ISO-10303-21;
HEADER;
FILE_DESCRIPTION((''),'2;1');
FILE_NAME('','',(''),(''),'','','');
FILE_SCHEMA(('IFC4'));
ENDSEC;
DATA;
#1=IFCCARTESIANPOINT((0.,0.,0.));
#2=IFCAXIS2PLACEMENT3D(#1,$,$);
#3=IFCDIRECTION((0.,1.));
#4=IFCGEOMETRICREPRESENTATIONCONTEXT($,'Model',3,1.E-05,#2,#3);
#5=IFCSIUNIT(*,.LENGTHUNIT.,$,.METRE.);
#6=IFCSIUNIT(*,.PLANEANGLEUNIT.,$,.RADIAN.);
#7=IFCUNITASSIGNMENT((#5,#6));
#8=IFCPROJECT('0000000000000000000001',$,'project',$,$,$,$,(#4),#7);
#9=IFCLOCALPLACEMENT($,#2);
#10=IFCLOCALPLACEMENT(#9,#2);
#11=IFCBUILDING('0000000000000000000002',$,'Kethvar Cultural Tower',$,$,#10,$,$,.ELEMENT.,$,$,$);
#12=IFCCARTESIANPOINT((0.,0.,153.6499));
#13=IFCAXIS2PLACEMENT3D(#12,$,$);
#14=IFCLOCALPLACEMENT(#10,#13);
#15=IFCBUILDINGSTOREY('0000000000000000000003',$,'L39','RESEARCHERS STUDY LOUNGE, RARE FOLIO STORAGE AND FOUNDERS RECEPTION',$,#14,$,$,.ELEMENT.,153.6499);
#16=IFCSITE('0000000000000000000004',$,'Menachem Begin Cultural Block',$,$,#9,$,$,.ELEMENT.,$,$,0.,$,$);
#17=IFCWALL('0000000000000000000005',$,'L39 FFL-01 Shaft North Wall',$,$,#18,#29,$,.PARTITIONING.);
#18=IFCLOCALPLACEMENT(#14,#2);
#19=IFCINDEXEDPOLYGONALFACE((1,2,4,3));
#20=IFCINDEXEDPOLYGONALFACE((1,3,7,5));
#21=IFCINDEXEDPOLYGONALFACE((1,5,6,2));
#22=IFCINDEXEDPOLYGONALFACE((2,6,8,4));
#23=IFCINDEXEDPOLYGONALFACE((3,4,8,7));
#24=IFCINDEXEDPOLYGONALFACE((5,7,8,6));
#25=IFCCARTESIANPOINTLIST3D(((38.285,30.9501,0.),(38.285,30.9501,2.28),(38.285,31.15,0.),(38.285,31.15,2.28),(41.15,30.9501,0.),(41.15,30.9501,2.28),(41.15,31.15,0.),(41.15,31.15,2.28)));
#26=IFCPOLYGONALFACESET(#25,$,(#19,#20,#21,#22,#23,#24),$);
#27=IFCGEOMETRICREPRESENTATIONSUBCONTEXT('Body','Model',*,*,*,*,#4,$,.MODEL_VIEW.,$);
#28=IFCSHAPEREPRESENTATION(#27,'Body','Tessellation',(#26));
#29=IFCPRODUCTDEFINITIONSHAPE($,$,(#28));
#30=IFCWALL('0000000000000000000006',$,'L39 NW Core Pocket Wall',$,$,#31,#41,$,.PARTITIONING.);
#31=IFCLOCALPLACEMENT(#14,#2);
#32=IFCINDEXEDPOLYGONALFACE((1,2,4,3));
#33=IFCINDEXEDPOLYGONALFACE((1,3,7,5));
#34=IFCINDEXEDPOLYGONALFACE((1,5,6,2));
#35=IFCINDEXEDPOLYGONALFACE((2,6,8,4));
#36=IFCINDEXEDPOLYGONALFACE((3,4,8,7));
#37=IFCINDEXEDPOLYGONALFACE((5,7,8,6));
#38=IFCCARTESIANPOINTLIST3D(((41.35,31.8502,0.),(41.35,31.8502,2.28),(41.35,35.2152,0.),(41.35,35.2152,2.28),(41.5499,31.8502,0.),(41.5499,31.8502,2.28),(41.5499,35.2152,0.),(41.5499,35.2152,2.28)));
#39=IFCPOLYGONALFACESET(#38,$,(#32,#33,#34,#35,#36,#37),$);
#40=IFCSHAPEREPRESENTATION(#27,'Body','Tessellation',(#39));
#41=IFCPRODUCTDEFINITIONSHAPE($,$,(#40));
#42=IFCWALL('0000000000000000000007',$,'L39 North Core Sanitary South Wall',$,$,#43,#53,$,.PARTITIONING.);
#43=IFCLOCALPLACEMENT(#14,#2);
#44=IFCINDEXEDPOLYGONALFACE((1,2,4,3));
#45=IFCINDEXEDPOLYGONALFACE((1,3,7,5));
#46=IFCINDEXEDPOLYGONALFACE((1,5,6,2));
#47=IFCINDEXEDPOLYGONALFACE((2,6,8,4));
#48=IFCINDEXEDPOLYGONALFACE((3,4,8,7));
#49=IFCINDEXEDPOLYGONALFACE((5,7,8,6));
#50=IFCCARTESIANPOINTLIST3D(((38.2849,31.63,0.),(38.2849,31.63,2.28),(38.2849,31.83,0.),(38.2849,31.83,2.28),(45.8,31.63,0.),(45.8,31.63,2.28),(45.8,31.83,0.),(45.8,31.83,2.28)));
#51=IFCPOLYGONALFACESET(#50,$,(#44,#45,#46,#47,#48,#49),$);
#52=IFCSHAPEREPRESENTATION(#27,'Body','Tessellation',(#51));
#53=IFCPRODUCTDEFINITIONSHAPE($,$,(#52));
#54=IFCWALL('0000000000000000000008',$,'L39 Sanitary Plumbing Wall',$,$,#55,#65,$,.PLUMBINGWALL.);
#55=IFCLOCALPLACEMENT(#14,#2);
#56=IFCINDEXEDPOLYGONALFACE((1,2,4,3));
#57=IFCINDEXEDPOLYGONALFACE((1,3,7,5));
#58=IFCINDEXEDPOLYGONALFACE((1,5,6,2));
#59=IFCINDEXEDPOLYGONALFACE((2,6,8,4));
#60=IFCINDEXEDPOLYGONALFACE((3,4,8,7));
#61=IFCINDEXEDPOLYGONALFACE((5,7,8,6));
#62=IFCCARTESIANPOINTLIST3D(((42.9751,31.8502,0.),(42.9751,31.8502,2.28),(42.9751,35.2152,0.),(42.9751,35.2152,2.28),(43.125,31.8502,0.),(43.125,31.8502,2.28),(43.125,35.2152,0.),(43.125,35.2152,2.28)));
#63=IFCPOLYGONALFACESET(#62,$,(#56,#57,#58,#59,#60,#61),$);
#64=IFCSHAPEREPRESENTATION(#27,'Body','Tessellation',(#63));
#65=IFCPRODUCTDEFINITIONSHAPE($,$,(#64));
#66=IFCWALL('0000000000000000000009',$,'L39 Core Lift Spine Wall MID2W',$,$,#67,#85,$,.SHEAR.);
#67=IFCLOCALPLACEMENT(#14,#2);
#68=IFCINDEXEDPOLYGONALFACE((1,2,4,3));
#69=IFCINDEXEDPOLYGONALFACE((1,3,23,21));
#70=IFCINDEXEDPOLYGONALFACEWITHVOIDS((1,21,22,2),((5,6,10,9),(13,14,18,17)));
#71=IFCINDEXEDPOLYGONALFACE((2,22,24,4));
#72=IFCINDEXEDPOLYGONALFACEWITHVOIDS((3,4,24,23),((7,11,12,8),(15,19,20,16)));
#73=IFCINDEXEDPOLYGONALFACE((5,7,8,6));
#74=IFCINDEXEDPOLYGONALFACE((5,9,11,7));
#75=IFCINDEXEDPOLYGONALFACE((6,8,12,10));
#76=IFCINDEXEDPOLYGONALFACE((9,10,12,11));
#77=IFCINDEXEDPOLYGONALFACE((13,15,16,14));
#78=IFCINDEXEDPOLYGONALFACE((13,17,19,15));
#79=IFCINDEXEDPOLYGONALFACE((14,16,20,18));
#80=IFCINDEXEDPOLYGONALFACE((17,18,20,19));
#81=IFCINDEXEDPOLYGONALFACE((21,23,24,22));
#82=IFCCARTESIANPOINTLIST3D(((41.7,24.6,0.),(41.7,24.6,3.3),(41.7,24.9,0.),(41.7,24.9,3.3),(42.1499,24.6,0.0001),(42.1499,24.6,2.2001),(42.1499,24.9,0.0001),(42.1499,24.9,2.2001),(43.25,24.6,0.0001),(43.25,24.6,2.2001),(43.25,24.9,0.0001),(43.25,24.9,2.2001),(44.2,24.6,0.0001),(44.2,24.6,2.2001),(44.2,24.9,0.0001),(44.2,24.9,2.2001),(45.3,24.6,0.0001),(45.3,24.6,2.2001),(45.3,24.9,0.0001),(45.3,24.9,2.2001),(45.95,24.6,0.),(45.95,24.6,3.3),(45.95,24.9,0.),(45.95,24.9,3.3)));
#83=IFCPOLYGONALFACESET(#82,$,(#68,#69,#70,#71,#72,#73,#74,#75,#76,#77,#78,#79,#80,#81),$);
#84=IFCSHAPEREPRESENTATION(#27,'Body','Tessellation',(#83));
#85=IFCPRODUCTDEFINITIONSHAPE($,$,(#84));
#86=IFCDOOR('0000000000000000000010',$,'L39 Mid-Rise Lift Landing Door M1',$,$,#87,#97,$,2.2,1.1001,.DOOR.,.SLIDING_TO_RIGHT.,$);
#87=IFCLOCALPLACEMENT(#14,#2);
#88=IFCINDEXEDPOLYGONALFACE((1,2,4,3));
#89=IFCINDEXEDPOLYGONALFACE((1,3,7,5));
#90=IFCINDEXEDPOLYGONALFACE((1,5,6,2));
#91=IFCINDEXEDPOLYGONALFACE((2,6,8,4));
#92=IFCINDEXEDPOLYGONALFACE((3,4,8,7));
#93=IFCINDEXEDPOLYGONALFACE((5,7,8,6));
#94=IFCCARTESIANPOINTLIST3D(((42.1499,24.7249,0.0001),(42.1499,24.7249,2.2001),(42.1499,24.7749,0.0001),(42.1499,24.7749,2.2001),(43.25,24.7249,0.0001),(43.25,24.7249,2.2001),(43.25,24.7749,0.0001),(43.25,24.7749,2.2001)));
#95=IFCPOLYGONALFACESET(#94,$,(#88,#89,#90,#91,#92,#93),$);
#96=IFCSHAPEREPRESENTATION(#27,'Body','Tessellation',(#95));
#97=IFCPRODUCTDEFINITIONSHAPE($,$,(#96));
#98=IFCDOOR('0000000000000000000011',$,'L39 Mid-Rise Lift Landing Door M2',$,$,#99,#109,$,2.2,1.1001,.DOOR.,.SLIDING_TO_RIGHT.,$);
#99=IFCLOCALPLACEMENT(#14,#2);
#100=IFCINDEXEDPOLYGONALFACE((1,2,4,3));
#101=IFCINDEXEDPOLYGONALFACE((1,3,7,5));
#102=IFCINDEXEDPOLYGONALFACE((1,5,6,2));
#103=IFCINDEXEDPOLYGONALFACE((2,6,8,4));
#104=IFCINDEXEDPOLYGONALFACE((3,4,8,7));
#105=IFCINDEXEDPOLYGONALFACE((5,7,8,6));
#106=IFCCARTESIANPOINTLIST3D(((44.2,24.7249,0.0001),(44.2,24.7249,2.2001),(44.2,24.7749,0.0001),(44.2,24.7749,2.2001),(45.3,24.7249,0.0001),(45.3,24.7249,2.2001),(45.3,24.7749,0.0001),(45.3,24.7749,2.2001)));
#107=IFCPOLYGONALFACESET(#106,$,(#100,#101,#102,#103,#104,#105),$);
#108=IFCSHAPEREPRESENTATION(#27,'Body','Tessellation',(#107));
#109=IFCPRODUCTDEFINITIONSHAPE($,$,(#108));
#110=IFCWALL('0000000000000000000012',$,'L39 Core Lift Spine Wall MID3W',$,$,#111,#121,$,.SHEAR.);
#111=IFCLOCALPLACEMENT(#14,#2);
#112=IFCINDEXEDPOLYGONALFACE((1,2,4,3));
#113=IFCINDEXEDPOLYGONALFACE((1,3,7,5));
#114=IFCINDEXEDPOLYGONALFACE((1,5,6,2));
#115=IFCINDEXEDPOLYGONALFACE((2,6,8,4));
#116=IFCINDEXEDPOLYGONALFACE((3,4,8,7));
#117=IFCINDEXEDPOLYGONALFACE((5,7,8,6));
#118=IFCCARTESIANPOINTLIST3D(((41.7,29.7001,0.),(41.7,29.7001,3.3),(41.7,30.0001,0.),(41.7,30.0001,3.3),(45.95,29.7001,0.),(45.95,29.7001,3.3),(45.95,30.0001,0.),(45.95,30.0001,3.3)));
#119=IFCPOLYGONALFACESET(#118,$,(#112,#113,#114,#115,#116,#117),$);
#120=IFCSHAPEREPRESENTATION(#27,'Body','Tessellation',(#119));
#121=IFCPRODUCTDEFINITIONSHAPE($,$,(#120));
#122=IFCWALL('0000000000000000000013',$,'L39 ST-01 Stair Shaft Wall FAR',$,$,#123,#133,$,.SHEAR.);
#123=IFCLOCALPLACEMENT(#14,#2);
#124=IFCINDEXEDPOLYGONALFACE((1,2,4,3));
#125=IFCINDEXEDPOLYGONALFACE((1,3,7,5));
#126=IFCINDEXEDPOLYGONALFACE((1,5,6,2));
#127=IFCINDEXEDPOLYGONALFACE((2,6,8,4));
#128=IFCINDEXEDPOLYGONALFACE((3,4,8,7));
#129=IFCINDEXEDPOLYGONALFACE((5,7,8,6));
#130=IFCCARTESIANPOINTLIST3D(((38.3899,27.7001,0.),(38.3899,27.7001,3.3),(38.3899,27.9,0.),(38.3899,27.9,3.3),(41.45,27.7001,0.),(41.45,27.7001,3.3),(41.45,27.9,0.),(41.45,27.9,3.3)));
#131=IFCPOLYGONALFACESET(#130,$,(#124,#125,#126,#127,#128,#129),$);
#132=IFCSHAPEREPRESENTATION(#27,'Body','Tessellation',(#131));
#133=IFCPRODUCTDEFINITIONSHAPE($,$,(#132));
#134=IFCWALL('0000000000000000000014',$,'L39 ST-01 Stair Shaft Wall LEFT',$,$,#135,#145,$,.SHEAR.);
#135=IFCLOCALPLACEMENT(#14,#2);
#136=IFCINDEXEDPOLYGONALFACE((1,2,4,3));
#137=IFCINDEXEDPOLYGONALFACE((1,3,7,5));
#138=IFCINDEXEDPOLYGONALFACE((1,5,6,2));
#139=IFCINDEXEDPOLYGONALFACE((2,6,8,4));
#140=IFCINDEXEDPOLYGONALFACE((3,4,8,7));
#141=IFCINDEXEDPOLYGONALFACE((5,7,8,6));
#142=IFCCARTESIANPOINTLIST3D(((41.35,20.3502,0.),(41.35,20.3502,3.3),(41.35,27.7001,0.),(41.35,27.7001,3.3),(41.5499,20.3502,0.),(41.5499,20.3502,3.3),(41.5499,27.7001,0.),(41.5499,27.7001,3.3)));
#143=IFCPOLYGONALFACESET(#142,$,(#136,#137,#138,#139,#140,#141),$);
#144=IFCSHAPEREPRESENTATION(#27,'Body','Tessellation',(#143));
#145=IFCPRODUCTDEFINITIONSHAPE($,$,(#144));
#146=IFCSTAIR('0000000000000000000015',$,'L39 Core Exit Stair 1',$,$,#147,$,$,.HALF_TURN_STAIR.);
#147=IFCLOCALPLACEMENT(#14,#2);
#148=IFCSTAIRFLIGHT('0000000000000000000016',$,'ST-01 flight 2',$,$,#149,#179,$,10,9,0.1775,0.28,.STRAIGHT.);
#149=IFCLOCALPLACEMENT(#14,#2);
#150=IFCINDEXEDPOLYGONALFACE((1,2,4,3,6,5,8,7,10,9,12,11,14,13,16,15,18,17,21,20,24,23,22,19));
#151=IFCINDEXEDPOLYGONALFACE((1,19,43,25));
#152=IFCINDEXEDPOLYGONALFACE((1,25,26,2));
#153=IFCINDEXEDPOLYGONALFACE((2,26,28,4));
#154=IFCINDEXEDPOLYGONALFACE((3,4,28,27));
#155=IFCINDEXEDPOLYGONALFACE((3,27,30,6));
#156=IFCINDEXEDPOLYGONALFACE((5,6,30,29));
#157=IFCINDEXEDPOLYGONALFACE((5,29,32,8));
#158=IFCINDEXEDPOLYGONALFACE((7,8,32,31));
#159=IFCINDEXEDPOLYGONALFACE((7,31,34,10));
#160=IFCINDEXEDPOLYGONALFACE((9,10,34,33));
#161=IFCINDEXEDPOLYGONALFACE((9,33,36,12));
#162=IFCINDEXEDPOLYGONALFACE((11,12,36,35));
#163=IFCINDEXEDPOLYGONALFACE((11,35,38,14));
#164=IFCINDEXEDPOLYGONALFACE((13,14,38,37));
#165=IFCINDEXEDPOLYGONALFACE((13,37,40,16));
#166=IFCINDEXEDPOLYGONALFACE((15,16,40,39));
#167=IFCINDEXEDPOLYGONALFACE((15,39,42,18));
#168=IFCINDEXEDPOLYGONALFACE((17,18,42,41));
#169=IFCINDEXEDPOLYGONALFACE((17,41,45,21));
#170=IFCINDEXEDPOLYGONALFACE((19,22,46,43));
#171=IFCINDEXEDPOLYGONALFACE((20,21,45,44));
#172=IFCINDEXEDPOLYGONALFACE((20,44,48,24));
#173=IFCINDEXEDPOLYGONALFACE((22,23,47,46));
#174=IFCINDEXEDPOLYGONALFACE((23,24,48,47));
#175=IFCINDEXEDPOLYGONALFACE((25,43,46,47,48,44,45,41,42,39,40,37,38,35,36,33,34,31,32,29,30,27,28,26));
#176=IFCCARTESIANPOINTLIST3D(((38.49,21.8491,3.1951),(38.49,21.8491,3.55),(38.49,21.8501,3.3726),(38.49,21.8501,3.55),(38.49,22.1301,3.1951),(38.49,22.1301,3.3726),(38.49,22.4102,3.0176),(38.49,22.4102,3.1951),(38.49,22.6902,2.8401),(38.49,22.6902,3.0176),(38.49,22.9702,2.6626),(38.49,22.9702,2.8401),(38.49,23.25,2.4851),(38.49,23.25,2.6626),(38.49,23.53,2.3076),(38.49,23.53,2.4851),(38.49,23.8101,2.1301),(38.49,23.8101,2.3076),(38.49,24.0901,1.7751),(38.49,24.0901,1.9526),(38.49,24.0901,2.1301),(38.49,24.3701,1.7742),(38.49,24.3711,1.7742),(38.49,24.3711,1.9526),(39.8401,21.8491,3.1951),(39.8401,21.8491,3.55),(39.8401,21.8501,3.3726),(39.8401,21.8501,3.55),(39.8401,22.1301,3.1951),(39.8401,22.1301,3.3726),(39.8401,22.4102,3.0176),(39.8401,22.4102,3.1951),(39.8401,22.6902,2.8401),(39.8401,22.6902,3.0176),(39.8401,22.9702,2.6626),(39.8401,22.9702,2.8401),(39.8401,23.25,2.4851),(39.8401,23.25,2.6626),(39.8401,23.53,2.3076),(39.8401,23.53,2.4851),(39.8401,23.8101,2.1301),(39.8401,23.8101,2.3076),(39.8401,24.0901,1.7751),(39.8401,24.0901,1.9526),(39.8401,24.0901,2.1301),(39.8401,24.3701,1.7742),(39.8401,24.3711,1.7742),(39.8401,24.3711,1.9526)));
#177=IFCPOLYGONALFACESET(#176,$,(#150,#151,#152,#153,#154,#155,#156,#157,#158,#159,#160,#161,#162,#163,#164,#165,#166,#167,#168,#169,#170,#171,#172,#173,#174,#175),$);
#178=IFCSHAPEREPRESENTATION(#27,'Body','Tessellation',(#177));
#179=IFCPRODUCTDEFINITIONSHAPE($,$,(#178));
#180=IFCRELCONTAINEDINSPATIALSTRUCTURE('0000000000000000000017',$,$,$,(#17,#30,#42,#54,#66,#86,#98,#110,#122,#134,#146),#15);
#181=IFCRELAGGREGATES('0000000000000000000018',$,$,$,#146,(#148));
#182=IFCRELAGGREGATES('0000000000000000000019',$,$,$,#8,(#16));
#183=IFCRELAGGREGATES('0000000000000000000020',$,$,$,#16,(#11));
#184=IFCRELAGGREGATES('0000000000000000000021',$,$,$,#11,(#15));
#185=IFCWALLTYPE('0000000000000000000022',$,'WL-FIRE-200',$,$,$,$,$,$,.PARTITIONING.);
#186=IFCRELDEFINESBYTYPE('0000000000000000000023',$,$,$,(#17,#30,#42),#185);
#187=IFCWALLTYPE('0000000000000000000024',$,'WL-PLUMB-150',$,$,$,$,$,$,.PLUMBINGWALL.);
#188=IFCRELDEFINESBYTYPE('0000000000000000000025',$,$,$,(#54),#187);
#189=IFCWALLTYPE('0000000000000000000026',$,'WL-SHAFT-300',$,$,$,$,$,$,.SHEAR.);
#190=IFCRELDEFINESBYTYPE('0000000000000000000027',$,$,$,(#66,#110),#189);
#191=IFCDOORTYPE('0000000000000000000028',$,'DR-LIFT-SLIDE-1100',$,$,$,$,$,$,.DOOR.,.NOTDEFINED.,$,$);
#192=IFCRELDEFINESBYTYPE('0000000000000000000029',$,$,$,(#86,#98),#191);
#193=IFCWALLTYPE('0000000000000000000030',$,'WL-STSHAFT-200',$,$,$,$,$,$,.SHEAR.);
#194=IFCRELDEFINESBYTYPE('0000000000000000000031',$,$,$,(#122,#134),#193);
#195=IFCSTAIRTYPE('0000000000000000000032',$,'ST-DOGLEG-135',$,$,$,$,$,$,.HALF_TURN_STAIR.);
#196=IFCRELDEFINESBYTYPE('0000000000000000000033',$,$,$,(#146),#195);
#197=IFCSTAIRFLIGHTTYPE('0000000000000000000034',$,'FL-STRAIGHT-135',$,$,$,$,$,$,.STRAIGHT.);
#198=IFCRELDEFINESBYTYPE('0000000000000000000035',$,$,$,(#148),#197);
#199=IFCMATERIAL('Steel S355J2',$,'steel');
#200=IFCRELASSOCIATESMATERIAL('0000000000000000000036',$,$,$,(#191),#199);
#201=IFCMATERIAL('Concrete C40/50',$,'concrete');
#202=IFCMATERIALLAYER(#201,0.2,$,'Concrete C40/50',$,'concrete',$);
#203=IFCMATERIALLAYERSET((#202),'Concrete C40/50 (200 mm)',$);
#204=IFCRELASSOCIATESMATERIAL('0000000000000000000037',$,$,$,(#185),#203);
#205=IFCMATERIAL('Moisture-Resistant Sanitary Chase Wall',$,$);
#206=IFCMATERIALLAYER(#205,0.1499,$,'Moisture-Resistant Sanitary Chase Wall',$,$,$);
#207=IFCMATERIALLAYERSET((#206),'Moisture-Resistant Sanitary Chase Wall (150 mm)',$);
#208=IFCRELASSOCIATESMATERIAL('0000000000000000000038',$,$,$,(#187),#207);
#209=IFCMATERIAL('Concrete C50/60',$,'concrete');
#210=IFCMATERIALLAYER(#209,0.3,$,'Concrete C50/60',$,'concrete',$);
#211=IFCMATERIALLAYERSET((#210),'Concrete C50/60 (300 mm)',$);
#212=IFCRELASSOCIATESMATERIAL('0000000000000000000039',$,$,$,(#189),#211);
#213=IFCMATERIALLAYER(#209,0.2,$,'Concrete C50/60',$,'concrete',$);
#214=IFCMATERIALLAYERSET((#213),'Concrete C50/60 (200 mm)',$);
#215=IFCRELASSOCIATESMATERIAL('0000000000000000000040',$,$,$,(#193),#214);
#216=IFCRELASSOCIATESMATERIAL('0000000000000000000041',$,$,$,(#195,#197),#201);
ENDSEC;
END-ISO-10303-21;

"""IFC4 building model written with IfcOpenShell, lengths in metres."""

from ifc_helpers import new_model, si_unit, direction, frame, frame_2d, origin, place, context, subcontext, project, spatial, polyline, rectangle, outline, extrude, source, transform, mapped, material, layer, layer_set, type_object, element, fill, aggregate, save


model = new_model("IFC4")

# Units and contexts
model_context = context("Model", 3, precision=1e-05, world=origin(), true_north=direction((0.0, 1.0)))
body_context = subcontext(model_context, "Body", "Model", "MODEL_VIEW")
ifc_project = project(units=[si_unit("LENGTHUNIT", "METRE"), si_unit("PLANEANGLEUNIT", "RADIAN")], contexts=[model_context])

# Site, building, storey
site_placement = place(None, origin())
site = spatial("IfcSite", under=ifc_project, at=site_placement, Name="Menachem Begin Cultural Block", CompositionType="ELEMENT", RefElevation=0.0)
building_placement = place(site_placement, origin())
building = spatial("IfcBuilding", under=site, at=building_placement, Name="Kethvar Cultural Tower", CompositionType="ELEMENT")
storey_placement = place(building_placement, frame((0.0, 0.0, 153.6499)))
storey = spatial("IfcBuildingStorey", under=building, at=storey_placement, Name="L39", Description="RESEARCHERS STUDY LOUNGE, RARE FOLIO STORAGE AND FOUNDERS RECEPTION", CompositionType="ELEMENT", Elevation=153.6499)

# Shared definitions
ifc_material_1 = material(Name="Steel S355J2", Category="steel")

# Shared definitions
door_type = type_object("IfcDoorType", Name="DR-LIFT-SLIDE-1100", OperationType="NOTDEFINED", PredefinedType="DOOR", material=ifc_material_1)
shared_shape_1 = source(origin(), body_context, "Body", "SweptSolid", [
    extrude(rectangle(XDim=1.1001, YDim=2.2, at=frame_2d((0.55, 1.1001))), frame((0.0, 0.0249, 0.0), z_axis=(0.0, -1.0, 0.0), x_axis=(1.0, 0.0, 0.0)), (0.0, 0.0, 1.0), 0.05),
])

# Walls
ifc_material_2 = material(Name="Concrete C40/50", Category="concrete")
ifc_layer_1 = layer(ifc_material_2, 0.2, Name="Concrete C40/50", Category="concrete")
ifc_layer_set_1 = layer_set([ifc_layer_1], Name="Concrete C40/50 (200 mm)")
wall_type_1 = type_object("IfcWallType", Name="WL-FIRE-200", PredefinedType="PARTITIONING", material=ifc_layer_set_1)
for number, where, z_axis, x_axis, name in (
    (1, (38.2849, 31.05, 0.0), (0.0, 0.0, 1.0), (1.0, 0.0, 0.0), "L39 FFL-01 Shaft North Wall"),
):
    element("IfcWall", number, at=place(storey_placement, frame(where, z_axis=z_axis, x_axis=x_axis)), inside=storey, type_object=wall_type_1, Name=name, PredefinedType="PARTITIONING", context=body_context, shape_type="SweptSolid", body=[
        extrude(rectangle(XDim=2.865, YDim=0.2, at=frame_2d((1.4326, 0.0))), origin(), (0.0, 0.0, 1.0), 2.28),
    ])
wall_1_placement = place(storey_placement, frame((41.45, 31.8501, 0.0), z_axis=(0.0, 0.0, 1.0), x_axis=(0.0, 1.0, 0.0)))
element("IfcWall", 2, at=wall_1_placement, inside=storey, type_object=wall_type_1, Name="L39 NW Core Pocket Wall", PredefinedType="PARTITIONING", context=body_context, shape_type="SweptSolid", body=[
    extrude(rectangle(XDim=3.365, YDim=0.2, at=frame_2d((1.6826, 0.0))), origin(), (0.0, 0.0, 1.0), 2.28),
])
wall_2_placement = place(storey_placement, frame((38.2849, 31.73, 0.0), z_axis=(0.0, 0.0, 1.0), x_axis=(1.0, 0.0, 0.0)))
element("IfcWall", 3, at=wall_2_placement, inside=storey, type_object=wall_type_1, Name="L39 North Core Sanitary South Wall", PredefinedType="PARTITIONING", context=body_context, shape_type="SweptSolid", body=[
    extrude(rectangle(XDim=7.5151, YDim=0.2, at=frame_2d((3.7576, 0.0))), origin(), (0.0, 0.0, 1.0), 2.28),
])
ifc_material_3 = material(Name="Moisture-Resistant Sanitary Chase Wall")
ifc_layer_2 = layer(ifc_material_3, 0.1499, Name="Moisture-Resistant Sanitary Chase Wall")
ifc_layer_set_2 = layer_set([ifc_layer_2], Name="Moisture-Resistant Sanitary Chase Wall (150 mm)")
wall_type_2 = type_object("IfcWallType", Name="WL-PLUMB-150", PredefinedType="PLUMBINGWALL", material=ifc_layer_set_2)
wall_3_placement = place(storey_placement, frame((43.05, 31.8501, 0.0), z_axis=(0.0, 0.0, 1.0), x_axis=(0.0, 1.0, 0.0)))
element("IfcWall", 4, at=wall_3_placement, inside=storey, type_object=wall_type_2, Name="L39 Sanitary Plumbing Wall", PredefinedType="PLUMBINGWALL", context=body_context, shape_type="SweptSolid", body=[
    extrude(rectangle(XDim=3.365, YDim=0.1499, at=frame_2d((1.6826, 0.0))), origin(), (0.0, 0.0, 1.0), 2.28),
])

# Wall, openings, doors
ifc_material_4 = material(Name="Concrete C50/60", Category="concrete")
ifc_layer_3 = layer(ifc_material_4, 0.3, Name="Concrete C50/60", Category="concrete")
ifc_layer_set_3 = layer_set([ifc_layer_3], Name="Concrete C50/60 (300 mm)")
wall_type_3 = type_object("IfcWallType", Name="WL-SHAFT-300", PredefinedType="SHEAR", material=ifc_layer_set_3)
wall_4_placement = place(storey_placement, frame((41.7, 24.75, 0.0), z_axis=(0.0, 0.0, 1.0), x_axis=(1.0, 0.0, 0.0)))
wall_4 = element("IfcWall", 5, at=wall_4_placement, inside=storey, type_object=wall_type_3, Name="L39 Core Lift Spine Wall MID2W", PredefinedType="SHEAR", context=body_context, shape_type="SweptSolid", body=[
    extrude(rectangle(XDim=4.25, YDim=0.3, at=frame_2d((2.125, 0.0))), origin(), (0.0, 0.0, 1.0), 3.3),
])
opening_1_placement = place(wall_4_placement, frame((0.45, 0.0, 0.0)))
opening_1 = element("IfcOpeningElement", 6, at=opening_1_placement, cuts=wall_4, PredefinedType="OPENING", context=body_context, shape_type="SweptSolid", body=[
    extrude(rectangle(XDim=1.1001, YDim=2.2, at=frame_2d((0.55, 1.1001))), frame((0.0, 0.1599, 0.0), z_axis=(0.0, -1.0, 0.0), x_axis=(1.0, 0.0, 0.0)), (0.0, 0.0, 1.0), 0.3201),
])
opening_2_placement = place(wall_4_placement, frame((2.5, 0.0, 0.0)))
opening_2 = element("IfcOpeningElement", 7, at=opening_2_placement, cuts=wall_4, PredefinedType="OPENING", context=body_context, shape_type="SweptSolid", body=[
    extrude(rectangle(XDim=1.1001, YDim=2.2, at=frame_2d((0.55, 1.1001))), frame((0.0, 0.1599, 0.0), z_axis=(0.0, -1.0, 0.0), x_axis=(1.0, 0.0, 0.0)), (0.0, 0.0, 1.0), 0.3201),
])
door_1_placement = place(opening_1_placement, origin())
door_1 = element("IfcDoor", 8, at=door_1_placement, inside=storey, type_object=door_type, Name="L39 Mid-Rise Lift Landing Door M1", OperationType="SLIDING_TO_RIGHT", OverallHeight=2.2, OverallWidth=1.1001, PredefinedType="DOOR", context=body_context, shape_type="MappedRepresentation", body=[
    mapped(shared_shape_1, transform((0.0, 0.0, 0.0), scale=1.0)),
])
fill(opening_1, door_1)
door_2_placement = place(opening_2_placement, origin())
door_2 = element("IfcDoor", 9, at=door_2_placement, inside=storey, type_object=door_type, Name="L39 Mid-Rise Lift Landing Door M2", OperationType="SLIDING_TO_RIGHT", OverallHeight=2.2, OverallWidth=1.1001, PredefinedType="DOOR", context=body_context, shape_type="MappedRepresentation", body=[
    mapped(shared_shape_1, transform((0.0, 0.0, 0.0), scale=1.0)),
])
fill(opening_2, door_2)

# Walls
wall_5_placement = place(storey_placement, frame((41.7, 29.8501, 0.0), z_axis=(0.0, 0.0, 1.0), x_axis=(1.0, 0.0, 0.0)))
element("IfcWall", 10, at=wall_5_placement, inside=storey, type_object=wall_type_3, Name="L39 Core Lift Spine Wall MID3W", PredefinedType="SHEAR", context=body_context, shape_type="SweptSolid", body=[
    extrude(rectangle(XDim=4.25, YDim=0.3, at=frame_2d((2.125, 0.0))), origin(), (0.0, 0.0, 1.0), 3.3),
])
ifc_layer_4 = layer(ifc_material_4, 0.2, Name="Concrete C50/60", Category="concrete")
ifc_layer_set_4 = layer_set([ifc_layer_4], Name="Concrete C50/60 (200 mm)")
wall_type_4 = type_object("IfcWallType", Name="WL-STSHAFT-200", PredefinedType="SHEAR", material=ifc_layer_set_4)
wall_6_placement = place(storey_placement, frame((38.3899, 27.8, 0.0), z_axis=(0.0, 0.0, 1.0), x_axis=(1.0, 0.0, 0.0)))
element("IfcWall", 11, at=wall_6_placement, inside=storey, type_object=wall_type_4, Name="L39 ST-01 Stair Shaft Wall FAR", PredefinedType="SHEAR", context=body_context, shape_type="SweptSolid", body=[
    extrude(rectangle(XDim=3.0601, YDim=0.2, at=frame_2d((1.53, 0.0))), origin(), (0.0, 0.0, 1.0), 3.3),
])
wall_7_placement = place(storey_placement, frame((41.45, 27.7, 0.0), z_axis=(0.0, 0.0, 1.0), x_axis=(0.0, -1.0, 0.0)))
element("IfcWall", 12, at=wall_7_placement, inside=storey, type_object=wall_type_4, Name="L39 ST-01 Stair Shaft Wall LEFT", PredefinedType="SHEAR", context=body_context, shape_type="SweptSolid", body=[
    extrude(rectangle(XDim=7.3499, YDim=0.2, at=frame_2d((3.6748, 0.0))), origin(), (0.0, 0.0, 1.0), 3.3),
])

# Stair, stair flight
stair_type = type_object("IfcStairType", Name="ST-DOGLEG-135", PredefinedType="HALF_TURN_STAIR", material=ifc_material_2)
stair_placement = place(storey_placement, origin())
stair = element("IfcStair", 13, at=stair_placement, inside=storey, type_object=stair_type, Name="L39 Core Exit Stair 1", PredefinedType="HALF_TURN_STAIR")
stair_flight_type = type_object("IfcStairFlightType", Name="FL-STRAIGHT-135", PredefinedType="STRAIGHT", material=ifc_material_2)
stair_flight_placement = place(storey_placement, frame((39.165, 24.3701, 1.7751), z_axis=(0.0, 0.0, 1.0), x_axis=(0.0, -1.0, 0.0)))
stair_flight = element("IfcStairFlight", 14, at=stair_flight_placement, type_object=stair_flight_type, Name="ST-01 flight 2", NumberOfRisers=10, NumberOfTreads=9, PredefinedType="STRAIGHT", RiserHeight=0.1775, TreadLength=0.28, context=body_context, shape_type="SweptSolid", body=[
    extrude(outline(polyline([(-0.001, -0.001), (-0.001, 0.1775), (0.28, 0.1775), (0.28, 0.355), (0.5601, 0.355), (0.5601, 0.5325), (0.8401, 0.5325), (0.8401, 0.71), (1.1201, 0.71), (1.1201, 0.8875), (1.3999, 0.8875), (1.3999, 1.0649), (1.6799, 1.0649), (1.6799, 1.2424), (1.96, 1.2424), (1.96, 1.4199), (2.24, 1.4199), (2.24, 1.5974), (2.52, 1.5974), (2.52, 1.7749), (2.521, 1.7749), (2.521, 1.4199), (0.28, 0.0), (0.0, -0.001), (-0.001, -0.001)])), frame((0.0, 0.675, 0.0), z_axis=(0.0, -1.0, 0.0), x_axis=(1.0, 0.0, 0.0)), (0.0, 0.0, 1.0), 1.3501),
])
aggregate(stair, [stair_flight])

save(model, "model.ifc")
